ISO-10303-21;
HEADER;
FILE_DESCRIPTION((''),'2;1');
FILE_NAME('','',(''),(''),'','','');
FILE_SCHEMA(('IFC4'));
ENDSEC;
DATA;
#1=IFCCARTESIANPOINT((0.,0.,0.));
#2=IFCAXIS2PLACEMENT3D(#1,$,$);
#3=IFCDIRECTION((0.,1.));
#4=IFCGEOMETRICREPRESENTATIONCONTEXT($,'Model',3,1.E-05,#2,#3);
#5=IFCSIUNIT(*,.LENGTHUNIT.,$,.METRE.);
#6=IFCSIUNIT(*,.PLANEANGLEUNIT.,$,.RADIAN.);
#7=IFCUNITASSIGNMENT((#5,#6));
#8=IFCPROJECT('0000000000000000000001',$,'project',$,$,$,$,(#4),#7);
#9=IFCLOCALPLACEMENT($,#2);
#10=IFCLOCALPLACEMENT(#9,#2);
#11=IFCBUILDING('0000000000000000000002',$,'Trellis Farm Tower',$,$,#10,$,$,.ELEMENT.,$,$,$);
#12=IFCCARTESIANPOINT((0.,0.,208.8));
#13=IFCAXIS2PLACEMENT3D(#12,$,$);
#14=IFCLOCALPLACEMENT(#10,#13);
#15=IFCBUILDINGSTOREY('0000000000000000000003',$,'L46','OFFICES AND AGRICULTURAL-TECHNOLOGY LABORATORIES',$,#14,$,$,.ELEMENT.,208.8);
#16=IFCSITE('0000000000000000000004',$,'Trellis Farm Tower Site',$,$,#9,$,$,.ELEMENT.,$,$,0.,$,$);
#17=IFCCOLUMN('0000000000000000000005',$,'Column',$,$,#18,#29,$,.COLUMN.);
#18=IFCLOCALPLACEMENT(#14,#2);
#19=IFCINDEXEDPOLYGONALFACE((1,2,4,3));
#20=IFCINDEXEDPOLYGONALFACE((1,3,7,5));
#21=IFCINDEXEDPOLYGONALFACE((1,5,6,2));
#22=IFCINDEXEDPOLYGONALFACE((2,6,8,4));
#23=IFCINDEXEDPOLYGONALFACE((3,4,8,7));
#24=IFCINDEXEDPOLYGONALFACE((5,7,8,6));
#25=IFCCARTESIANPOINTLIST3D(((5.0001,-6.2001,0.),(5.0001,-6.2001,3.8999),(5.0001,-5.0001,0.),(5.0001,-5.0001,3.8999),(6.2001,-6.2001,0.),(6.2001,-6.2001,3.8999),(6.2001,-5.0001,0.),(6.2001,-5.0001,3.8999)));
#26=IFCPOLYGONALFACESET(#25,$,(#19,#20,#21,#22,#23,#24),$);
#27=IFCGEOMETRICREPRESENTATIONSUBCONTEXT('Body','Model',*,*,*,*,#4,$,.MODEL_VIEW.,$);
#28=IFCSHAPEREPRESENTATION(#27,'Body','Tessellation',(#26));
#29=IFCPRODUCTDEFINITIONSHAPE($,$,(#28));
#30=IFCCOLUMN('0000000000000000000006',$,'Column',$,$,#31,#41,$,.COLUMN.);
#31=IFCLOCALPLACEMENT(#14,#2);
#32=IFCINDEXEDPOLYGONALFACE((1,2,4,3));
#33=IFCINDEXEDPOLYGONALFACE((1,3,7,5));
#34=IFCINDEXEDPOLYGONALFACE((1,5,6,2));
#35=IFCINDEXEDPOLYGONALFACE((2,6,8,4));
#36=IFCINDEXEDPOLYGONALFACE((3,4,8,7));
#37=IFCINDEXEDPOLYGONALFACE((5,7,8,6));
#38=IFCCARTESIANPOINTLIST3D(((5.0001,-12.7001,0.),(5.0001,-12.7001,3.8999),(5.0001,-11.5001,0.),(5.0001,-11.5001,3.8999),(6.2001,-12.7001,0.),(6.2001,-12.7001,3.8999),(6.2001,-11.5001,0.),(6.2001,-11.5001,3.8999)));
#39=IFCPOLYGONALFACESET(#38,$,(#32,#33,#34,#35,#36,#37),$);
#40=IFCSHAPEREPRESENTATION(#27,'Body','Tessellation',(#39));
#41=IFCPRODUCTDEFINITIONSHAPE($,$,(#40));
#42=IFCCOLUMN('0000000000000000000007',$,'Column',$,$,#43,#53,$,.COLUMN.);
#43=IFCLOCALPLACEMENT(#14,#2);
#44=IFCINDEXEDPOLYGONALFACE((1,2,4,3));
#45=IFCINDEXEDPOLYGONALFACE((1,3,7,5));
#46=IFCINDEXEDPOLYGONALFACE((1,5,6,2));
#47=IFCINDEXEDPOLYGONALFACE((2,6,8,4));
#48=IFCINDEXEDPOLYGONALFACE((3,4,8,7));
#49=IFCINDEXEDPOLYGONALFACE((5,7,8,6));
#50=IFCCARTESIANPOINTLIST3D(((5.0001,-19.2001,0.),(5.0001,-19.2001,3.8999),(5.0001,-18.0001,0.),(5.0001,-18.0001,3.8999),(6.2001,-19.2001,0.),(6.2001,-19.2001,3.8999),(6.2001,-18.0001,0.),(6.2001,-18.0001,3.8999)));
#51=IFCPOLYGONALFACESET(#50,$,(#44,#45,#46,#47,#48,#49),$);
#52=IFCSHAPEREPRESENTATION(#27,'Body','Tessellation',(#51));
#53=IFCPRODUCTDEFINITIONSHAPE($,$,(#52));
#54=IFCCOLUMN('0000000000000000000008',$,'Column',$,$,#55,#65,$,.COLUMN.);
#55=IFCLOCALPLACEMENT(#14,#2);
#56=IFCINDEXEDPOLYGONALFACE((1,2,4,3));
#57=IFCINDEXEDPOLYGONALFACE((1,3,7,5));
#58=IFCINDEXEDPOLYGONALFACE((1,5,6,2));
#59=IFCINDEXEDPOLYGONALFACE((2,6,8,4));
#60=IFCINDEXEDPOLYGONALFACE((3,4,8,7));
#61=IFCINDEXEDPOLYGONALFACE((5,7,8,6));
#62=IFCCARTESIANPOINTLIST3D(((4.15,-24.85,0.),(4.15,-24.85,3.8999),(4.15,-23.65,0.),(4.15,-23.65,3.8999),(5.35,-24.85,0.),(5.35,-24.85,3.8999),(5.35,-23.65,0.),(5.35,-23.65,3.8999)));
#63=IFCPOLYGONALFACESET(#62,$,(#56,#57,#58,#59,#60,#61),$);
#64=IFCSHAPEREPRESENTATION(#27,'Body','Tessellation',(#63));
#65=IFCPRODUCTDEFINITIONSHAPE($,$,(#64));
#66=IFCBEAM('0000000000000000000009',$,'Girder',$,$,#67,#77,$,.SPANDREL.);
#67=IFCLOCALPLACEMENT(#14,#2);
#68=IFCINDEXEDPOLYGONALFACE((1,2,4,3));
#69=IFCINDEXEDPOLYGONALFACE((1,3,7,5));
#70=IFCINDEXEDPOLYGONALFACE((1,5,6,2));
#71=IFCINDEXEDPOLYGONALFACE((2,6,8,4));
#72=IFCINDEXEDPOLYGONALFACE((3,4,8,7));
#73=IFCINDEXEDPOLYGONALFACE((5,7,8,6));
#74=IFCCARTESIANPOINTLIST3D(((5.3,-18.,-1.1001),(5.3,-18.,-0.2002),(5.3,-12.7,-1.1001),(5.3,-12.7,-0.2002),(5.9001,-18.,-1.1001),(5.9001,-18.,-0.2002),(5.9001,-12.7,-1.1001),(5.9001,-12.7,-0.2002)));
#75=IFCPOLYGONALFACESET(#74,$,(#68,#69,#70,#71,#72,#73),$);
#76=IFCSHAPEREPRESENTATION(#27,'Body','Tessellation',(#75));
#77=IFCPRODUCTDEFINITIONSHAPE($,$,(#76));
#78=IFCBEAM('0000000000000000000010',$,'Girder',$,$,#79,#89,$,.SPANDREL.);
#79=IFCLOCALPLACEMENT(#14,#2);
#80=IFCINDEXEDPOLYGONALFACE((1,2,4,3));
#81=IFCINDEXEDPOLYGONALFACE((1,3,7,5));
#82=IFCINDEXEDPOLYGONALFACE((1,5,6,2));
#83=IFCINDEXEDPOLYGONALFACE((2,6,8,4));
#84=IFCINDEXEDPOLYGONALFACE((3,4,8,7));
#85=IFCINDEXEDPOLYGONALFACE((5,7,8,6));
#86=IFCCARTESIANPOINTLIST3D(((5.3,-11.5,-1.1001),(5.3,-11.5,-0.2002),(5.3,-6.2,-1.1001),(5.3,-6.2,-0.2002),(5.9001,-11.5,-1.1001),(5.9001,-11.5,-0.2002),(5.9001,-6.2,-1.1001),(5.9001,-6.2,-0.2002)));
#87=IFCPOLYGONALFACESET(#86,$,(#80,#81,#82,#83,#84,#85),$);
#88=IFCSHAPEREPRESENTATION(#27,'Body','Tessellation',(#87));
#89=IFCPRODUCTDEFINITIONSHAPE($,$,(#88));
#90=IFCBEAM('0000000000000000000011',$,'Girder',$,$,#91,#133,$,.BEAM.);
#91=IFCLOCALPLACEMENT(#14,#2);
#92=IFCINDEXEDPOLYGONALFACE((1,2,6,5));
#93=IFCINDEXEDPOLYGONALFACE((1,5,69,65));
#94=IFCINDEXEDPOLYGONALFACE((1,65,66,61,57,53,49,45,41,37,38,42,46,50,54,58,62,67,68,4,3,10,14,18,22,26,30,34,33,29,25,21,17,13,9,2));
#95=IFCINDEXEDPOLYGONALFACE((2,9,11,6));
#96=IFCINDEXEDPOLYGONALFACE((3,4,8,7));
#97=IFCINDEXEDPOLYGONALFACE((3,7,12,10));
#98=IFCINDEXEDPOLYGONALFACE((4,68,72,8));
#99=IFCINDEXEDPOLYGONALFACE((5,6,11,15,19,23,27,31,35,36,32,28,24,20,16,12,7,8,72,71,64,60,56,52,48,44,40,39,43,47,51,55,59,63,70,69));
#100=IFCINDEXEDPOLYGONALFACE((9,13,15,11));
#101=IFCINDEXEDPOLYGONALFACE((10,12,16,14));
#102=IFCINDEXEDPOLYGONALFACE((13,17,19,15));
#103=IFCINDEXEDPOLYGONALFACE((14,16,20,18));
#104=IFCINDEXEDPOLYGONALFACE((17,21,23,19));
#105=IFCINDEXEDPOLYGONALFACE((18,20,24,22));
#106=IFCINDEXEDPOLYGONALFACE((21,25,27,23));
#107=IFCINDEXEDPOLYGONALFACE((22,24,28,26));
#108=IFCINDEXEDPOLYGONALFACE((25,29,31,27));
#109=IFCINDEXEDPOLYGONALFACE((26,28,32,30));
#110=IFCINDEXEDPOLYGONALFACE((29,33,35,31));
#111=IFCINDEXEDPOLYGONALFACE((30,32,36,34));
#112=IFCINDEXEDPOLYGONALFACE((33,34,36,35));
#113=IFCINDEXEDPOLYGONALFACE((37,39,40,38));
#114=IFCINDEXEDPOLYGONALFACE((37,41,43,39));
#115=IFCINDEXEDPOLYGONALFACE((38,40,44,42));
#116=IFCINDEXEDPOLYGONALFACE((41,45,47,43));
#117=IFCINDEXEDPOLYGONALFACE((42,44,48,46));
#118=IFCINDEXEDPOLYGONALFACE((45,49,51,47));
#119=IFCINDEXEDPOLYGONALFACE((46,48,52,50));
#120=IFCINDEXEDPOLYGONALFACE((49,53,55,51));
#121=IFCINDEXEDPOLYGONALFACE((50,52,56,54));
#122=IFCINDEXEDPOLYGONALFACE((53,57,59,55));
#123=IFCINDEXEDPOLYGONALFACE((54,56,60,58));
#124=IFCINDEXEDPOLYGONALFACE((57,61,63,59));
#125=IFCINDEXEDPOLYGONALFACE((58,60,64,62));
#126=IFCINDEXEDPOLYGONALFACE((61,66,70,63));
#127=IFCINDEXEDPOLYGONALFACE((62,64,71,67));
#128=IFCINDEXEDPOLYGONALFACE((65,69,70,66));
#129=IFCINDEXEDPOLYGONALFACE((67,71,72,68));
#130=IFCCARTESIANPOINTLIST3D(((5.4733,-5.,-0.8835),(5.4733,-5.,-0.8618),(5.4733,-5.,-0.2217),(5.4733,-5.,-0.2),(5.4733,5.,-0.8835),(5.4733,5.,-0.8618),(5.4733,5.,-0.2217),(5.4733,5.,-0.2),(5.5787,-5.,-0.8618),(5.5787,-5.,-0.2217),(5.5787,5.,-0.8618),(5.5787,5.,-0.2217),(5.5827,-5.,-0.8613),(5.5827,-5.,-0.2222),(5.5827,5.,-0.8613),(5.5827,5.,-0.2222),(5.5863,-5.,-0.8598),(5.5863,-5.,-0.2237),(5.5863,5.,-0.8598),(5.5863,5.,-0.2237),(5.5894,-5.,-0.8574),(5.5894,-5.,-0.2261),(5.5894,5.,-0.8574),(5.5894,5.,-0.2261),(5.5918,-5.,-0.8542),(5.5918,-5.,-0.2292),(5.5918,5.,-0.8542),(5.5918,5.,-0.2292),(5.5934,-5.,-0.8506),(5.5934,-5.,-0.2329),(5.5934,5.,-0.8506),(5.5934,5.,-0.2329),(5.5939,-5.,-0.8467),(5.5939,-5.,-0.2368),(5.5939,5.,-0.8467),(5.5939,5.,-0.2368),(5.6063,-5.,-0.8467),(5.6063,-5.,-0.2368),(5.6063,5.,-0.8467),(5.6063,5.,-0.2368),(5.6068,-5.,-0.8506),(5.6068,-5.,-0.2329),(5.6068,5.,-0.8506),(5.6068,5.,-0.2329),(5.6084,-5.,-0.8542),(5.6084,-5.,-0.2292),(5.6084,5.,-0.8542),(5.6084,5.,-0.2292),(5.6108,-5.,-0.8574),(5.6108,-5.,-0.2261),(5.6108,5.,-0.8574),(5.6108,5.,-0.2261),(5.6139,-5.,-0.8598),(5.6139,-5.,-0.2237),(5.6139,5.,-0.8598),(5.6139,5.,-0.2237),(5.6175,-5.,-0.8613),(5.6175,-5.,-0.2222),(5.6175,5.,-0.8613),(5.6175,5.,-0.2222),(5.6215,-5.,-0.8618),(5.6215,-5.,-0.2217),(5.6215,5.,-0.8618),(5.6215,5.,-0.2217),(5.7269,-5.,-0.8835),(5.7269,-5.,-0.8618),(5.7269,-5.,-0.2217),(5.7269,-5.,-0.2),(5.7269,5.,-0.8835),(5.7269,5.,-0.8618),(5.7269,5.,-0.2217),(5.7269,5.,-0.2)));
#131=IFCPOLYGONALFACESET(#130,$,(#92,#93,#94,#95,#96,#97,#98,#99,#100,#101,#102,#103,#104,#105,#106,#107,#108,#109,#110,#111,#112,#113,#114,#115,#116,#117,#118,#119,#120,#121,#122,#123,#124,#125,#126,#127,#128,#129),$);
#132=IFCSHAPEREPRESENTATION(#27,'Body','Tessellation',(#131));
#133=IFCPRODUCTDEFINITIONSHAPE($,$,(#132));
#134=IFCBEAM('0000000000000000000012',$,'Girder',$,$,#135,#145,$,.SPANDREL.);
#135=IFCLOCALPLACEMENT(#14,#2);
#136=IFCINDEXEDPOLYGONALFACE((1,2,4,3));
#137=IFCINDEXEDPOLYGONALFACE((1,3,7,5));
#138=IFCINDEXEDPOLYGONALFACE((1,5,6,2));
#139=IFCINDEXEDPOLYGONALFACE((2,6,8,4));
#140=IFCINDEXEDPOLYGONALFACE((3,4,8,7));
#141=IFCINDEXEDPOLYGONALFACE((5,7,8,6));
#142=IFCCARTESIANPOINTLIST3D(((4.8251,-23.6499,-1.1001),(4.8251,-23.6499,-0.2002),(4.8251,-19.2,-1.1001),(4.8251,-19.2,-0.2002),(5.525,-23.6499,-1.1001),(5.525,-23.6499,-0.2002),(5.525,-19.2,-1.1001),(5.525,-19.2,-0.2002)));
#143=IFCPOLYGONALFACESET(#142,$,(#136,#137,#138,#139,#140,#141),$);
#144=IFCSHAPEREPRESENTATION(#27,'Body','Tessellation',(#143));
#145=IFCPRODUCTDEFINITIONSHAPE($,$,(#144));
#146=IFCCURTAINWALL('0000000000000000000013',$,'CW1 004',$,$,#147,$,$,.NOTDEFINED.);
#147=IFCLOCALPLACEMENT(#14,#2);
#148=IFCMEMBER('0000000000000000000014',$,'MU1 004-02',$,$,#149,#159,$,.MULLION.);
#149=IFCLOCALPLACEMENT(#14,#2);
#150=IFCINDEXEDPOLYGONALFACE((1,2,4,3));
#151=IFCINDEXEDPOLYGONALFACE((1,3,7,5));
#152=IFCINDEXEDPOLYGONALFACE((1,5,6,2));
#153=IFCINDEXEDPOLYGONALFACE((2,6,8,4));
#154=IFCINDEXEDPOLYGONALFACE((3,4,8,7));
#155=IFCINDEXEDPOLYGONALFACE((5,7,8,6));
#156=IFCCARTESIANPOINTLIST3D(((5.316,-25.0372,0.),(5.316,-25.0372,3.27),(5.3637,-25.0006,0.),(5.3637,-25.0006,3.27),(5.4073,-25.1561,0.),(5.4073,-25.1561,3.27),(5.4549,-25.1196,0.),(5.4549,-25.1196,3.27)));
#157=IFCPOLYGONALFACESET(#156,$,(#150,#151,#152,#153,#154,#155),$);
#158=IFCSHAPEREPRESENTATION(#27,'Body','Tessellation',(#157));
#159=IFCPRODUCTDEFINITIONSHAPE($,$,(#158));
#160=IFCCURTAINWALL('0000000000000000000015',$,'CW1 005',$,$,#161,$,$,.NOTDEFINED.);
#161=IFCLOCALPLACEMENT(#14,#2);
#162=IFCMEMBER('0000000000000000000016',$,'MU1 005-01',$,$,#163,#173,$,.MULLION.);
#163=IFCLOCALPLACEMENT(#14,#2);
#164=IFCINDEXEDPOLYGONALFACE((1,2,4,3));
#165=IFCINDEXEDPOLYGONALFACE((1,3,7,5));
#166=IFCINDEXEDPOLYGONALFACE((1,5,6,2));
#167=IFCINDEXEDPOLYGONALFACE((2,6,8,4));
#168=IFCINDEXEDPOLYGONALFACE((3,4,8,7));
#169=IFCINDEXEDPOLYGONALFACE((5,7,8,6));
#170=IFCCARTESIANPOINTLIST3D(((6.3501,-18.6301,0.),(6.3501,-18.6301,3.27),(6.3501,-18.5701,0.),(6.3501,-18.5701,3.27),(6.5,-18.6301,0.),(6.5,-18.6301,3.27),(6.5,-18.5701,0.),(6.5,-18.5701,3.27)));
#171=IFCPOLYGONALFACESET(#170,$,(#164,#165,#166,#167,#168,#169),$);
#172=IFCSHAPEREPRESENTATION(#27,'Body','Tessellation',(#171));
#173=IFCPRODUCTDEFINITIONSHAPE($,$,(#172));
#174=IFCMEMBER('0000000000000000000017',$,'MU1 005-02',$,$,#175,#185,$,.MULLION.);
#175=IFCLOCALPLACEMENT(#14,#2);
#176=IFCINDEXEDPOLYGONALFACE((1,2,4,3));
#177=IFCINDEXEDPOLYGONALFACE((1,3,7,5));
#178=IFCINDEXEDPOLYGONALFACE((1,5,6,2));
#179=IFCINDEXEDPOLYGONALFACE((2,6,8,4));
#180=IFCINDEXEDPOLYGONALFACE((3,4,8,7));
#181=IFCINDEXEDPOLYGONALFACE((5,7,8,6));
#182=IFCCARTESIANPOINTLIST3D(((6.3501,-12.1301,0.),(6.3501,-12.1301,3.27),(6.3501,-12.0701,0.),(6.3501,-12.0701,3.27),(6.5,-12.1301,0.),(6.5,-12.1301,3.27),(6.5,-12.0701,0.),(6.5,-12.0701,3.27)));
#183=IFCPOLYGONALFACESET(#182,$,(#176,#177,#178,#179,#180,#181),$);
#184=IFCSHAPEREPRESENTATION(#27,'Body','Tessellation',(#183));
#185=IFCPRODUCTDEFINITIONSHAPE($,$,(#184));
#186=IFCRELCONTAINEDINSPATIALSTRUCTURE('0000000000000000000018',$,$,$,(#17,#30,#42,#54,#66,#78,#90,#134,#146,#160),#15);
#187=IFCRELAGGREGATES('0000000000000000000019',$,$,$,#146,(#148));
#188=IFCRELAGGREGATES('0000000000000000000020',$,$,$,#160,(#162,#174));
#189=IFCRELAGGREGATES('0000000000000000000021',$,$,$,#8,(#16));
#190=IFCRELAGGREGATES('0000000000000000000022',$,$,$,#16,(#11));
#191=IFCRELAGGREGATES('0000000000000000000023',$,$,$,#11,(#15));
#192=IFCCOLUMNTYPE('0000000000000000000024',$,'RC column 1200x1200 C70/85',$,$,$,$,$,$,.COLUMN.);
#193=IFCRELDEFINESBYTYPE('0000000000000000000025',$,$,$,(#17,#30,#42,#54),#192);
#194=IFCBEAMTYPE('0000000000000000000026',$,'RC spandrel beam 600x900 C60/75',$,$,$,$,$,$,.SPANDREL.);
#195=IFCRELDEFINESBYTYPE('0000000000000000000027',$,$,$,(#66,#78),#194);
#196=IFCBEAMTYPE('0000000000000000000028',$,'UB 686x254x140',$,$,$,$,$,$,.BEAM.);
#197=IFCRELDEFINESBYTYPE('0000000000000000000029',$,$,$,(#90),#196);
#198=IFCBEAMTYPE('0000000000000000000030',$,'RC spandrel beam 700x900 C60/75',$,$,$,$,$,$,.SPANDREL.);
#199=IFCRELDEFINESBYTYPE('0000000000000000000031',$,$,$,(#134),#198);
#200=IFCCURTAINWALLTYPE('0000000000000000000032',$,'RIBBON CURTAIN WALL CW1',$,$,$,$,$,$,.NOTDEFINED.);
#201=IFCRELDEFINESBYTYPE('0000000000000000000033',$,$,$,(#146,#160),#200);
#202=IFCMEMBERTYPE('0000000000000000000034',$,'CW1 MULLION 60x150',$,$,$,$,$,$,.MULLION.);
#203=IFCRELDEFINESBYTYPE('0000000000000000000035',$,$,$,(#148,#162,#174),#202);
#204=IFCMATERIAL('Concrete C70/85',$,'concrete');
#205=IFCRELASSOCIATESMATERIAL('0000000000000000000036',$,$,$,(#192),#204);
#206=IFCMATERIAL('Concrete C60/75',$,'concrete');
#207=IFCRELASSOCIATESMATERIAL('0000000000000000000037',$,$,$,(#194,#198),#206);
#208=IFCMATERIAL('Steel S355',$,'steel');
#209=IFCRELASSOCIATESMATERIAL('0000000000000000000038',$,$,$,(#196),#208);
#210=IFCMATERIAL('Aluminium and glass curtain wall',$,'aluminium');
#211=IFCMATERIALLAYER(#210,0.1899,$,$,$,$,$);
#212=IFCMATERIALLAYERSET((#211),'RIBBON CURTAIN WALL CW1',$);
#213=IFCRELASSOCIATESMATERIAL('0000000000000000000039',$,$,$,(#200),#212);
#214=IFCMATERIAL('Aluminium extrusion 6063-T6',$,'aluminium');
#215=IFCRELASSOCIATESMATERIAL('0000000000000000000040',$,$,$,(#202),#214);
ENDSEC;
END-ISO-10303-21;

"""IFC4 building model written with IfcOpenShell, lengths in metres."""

from ifc_helpers import new_model, si_unit, direction, frame, origin, origin_2d, place, context, subcontext, project, spatial, rectangle, i_section, extrude, source, transform, mapped, material, layer, layer_set, material_profile, profile_set, type_object, element, aggregate, save


model = new_model("IFC4")

# Units and contexts
model_context = context("Model", 3, precision=1e-05, world=origin(), true_north=direction((0.0, 1.0)))
body_context = subcontext(model_context, "Body", "Model", "MODEL_VIEW")
ifc_project = project(units=[si_unit("LENGTHUNIT", "METRE"), si_unit("PLANEANGLEUNIT", "RADIAN")], contexts=[model_context])

# Site, building, storey
site_placement = place(None, origin())
site = spatial("IfcSite", under=ifc_project, at=site_placement, Name="Trellis Farm Tower Site", CompositionType="ELEMENT", RefElevation=0.0)
building_placement = place(site_placement, origin())
building = spatial("IfcBuilding", under=site, at=building_placement, Name="Trellis Farm Tower", CompositionType="ELEMENT")
storey_placement = place(building_placement, frame((0.0, 0.0, 208.8)))
storey = spatial("IfcBuildingStorey", under=building, at=storey_placement, Name="L46", Description="OFFICES AND AGRICULTURAL-TECHNOLOGY LABORATORIES", CompositionType="ELEMENT", Elevation=208.8)

# Columns
ifc_material_1 = material(Name="Concrete C70/85", Category="concrete")
ifc_material_profile_1 = material_profile(ifc_material_1, rectangle(XDim=1.2, YDim=1.2, at=origin_2d()), Name="RC column 1200x1200 C70/85")
ifc_profile_set_1 = profile_set([ifc_material_profile_1], Name="Concrete C70/85")
column_type = type_object("IfcColumnType", Name="RC column 1200x1200 C70/85", PredefinedType="COLUMN", material=ifc_profile_set_1)
shared_shape_1 = source(origin(), body_context, "Body", "SweptSolid", [
    extrude(rectangle(XDim=1.2, YDim=1.2, at=origin_2d()), origin(), (0.0, 0.0, 1.0), 3.8999),
])
for number, where, z_axis, x_axis, name in (
    (1, (5.6001, -5.6001, 0.0), (0.0, 0.0, 1.0), (1.0, 0.0, 0.0), "Column"),
    (2, (5.6001, -12.1001, 0.0), (0.0, 0.0, 1.0), (1.0, 0.0, 0.0), "Column"),
    (3, (5.6001, -18.6001, 0.0), (0.0, 0.0, 1.0), (1.0, 0.0, 0.0), "Column"),
    (4, (4.75, -24.25, 0.0), (0.0, 0.0, 1.0), (1.0, 0.0, 0.0), "Column"),
):
    element("IfcColumn", number, at=place(storey_placement, frame(where, z_axis=z_axis, x_axis=x_axis)), inside=storey, type_object=column_type, Name=name, PredefinedType="COLUMN", context=body_context, shape_type="MappedRepresentation", body=[
        mapped(shared_shape_1, transform((0.0, 0.0, 0.0))),
    ])

# Beams
ifc_material_2 = material(Name="Concrete C60/75", Category="concrete")
ifc_material_profile_2 = material_profile(ifc_material_2, rectangle(XDim=0.6001, YDim=0.8999, at=origin_2d()), Name="RC spandrel beam 600x900 C60/75")
ifc_profile_set_2 = profile_set([ifc_material_profile_2], Name="Concrete C60/75")
beam_type_1 = type_object("IfcBeamType", Name="RC spandrel beam 600x900 C60/75", PredefinedType="SPANDREL", material=ifc_profile_set_2)
shared_shape_2 = source(origin(), body_context, "Body", "SweptSolid", [
    extrude(rectangle(XDim=0.6001, YDim=0.8999, at=origin_2d()), origin(), (0.0, 0.0, 1.0), 5.3),
])
for number, where, z_axis, x_axis, name in (
    (5, (5.6001, -18.0, -0.6501), (0.0, 1.0, 0.0), (-1.0, 0.0, 0.0), "Girder"),
    (6, (5.6001, -11.5, -0.6501), (0.0, 1.0, 0.0), (-1.0, 0.0, 0.0), "Girder"),
):
    element("IfcBeam", number, at=place(storey_placement, frame(where, z_axis=z_axis, x_axis=x_axis)), inside=storey, type_object=beam_type_1, Name=name, PredefinedType="SPANDREL", context=body_context, shape_type="MappedRepresentation", body=[
        mapped(shared_shape_2, transform((0.0, 0.0, 0.0))),
    ])
ifc_material_3 = material(Name="Steel S355", Category="steel")
ifc_material_profile_3 = material_profile(ifc_material_3, i_section(OverallWidth=0.2537, OverallDepth=0.6836, WebThickness=0.0125, FlangeThickness=0.0217, FilletRadius=0.0151, at=origin_2d()), Name="UB 686x254x140")
ifc_profile_set_3 = profile_set([ifc_material_profile_3], Name="Steel S355")
beam_type_2 = type_object("IfcBeamType", Name="UB 686x254x140", PredefinedType="BEAM", material=ifc_profile_set_3)
shared_shape_3 = source(origin(), body_context, "Body", "SweptSolid", [
    extrude(i_section(OverallWidth=0.2537, OverallDepth=0.6836, WebThickness=0.0125, FlangeThickness=0.0217, FilletRadius=0.0151, at=origin_2d()), origin(), (0.0, 0.0, 1.0), 10.0),
])
beam_1_placement = place(storey_placement, frame((5.6001, -5.0, -0.5417), z_axis=(0.0, 1.0, 0.0), x_axis=(-1.0, 0.0, 0.0)))
element("IfcBeam", 7, at=beam_1_placement, inside=storey, type_object=beam_type_2, Name="Girder", PredefinedType="BEAM", context=body_context, shape_type="MappedRepresentation", body=[
    mapped(shared_shape_3, transform((0.0, 0.0, 0.0))),
])
ifc_material_profile_4 = material_profile(ifc_material_2, rectangle(XDim=0.7, YDim=0.8999, at=origin_2d()), Name="RC spandrel beam 700x900 C60/75")
ifc_profile_set_4 = profile_set([ifc_material_profile_4], Name="Concrete C60/75")
beam_type_3 = type_object("IfcBeamType", Name="RC spandrel beam 700x900 C60/75", PredefinedType="SPANDREL", material=ifc_profile_set_4)
shared_shape_4 = source(origin(), body_context, "Body", "SweptSolid", [
    extrude(rectangle(XDim=0.7, YDim=0.8999, at=origin_2d()), origin(), (0.0, 0.0, 1.0), 4.45),
])
beam_2_placement = place(storey_placement, frame((5.175, -23.6499, -0.6501), z_axis=(0.0, 1.0, 0.0), x_axis=(-1.0, 0.0, 0.0)))
element("IfcBeam", 8, at=beam_2_placement, inside=storey, type_object=beam_type_3, Name="Girder", PredefinedType="SPANDREL", context=body_context, shape_type="MappedRepresentation", body=[
    mapped(shared_shape_4, transform((0.0, 0.0, 0.0))),
])

# Curtain wall, member
ifc_material_4 = material(Name="Aluminium and glass curtain wall", Category="aluminium")
ifc_layer_1 = layer(ifc_material_4, 0.1899)
ifc_layer_set_1 = layer_set([ifc_layer_1], Name="RIBBON CURTAIN WALL CW1")
curtain_wall_type_1 = type_object("IfcCurtainWallType", Name="RIBBON CURTAIN WALL CW1", PredefinedType="NOTDEFINED", material=ifc_layer_set_1)
placement = place(storey_placement, origin())
curtain_wall_1 = element("IfcCurtainWall", 9, at=placement, inside=storey, type_object=curtain_wall_type_1, Name="CW1 004", PredefinedType="NOTDEFINED")
ifc_material_5 = material(Name="Aluminium extrusion 6063-T6", Category="aluminium")
ifc_material_profile_5 = material_profile(ifc_material_5, rectangle(XDim=0.0601, YDim=0.1499, at=origin_2d()), Name="MULLION 60x150")
ifc_profile_set_5 = profile_set([ifc_material_profile_5], Name="Aluminium extrusion 6063-T6")
member_type_1 = type_object("IfcMemberType", Name="CW1 MULLION 60x150", PredefinedType="MULLION", material=ifc_profile_set_5)
shared_shape_5 = source(origin(), body_context, "Body", "SweptSolid", [
    extrude(rectangle(XDim=0.0601, YDim=0.1499, at=origin_2d()), origin(), (0.0, 0.0, 1.0), 3.27),
])
member_1_placement = place(storey_placement, frame((5.3855, -25.0784, 0.0), z_axis=(0.0, 0.0, 1.0), x_axis=(0.793353, 0.608761, 0.0)))
member_1 = element("IfcMember", 10, at=member_1_placement, type_object=member_type_1, Name="MU1 004-02", PredefinedType="MULLION", context=body_context, shape_type="MappedRepresentation", body=[
    mapped(shared_shape_5, transform((0.0, 0.0, 0.0))),
])
aggregate(curtain_wall_1, [member_1])

# Curtain wall, members
curtain_wall_2 = element("IfcCurtainWall", 11, at=placement, inside=storey, type_object=curtain_wall_type_1, Name="CW1 005", PredefinedType="NOTDEFINED")
member_2_placement = place(storey_placement, frame((6.425, -18.6001, 0.0), z_axis=(0.0, 0.0, 1.0), x_axis=(0.0, 1.0, 0.0)))
member_2 = element("IfcMember", 12, at=member_2_placement, type_object=member_type_1, Name="MU1 005-01", PredefinedType="MULLION", context=body_context, shape_type="MappedRepresentation", body=[
    mapped(shared_shape_5, transform((0.0, 0.0, 0.0))),
])
member_3_placement = place(storey_placement, frame((6.425, -12.1001, 0.0), z_axis=(0.0, 0.0, 1.0), x_axis=(0.0, 1.0, 0.0)))
member_3 = element("IfcMember", 13, at=member_3_placement, type_object=member_type_1, Name="MU1 005-02", PredefinedType="MULLION", context=body_context, shape_type="MappedRepresentation", body=[
    mapped(shared_shape_5, transform((0.0, 0.0, 0.0))),
])
aggregate(curtain_wall_2, [member_2, member_3])

save(model, "model.ifc")
